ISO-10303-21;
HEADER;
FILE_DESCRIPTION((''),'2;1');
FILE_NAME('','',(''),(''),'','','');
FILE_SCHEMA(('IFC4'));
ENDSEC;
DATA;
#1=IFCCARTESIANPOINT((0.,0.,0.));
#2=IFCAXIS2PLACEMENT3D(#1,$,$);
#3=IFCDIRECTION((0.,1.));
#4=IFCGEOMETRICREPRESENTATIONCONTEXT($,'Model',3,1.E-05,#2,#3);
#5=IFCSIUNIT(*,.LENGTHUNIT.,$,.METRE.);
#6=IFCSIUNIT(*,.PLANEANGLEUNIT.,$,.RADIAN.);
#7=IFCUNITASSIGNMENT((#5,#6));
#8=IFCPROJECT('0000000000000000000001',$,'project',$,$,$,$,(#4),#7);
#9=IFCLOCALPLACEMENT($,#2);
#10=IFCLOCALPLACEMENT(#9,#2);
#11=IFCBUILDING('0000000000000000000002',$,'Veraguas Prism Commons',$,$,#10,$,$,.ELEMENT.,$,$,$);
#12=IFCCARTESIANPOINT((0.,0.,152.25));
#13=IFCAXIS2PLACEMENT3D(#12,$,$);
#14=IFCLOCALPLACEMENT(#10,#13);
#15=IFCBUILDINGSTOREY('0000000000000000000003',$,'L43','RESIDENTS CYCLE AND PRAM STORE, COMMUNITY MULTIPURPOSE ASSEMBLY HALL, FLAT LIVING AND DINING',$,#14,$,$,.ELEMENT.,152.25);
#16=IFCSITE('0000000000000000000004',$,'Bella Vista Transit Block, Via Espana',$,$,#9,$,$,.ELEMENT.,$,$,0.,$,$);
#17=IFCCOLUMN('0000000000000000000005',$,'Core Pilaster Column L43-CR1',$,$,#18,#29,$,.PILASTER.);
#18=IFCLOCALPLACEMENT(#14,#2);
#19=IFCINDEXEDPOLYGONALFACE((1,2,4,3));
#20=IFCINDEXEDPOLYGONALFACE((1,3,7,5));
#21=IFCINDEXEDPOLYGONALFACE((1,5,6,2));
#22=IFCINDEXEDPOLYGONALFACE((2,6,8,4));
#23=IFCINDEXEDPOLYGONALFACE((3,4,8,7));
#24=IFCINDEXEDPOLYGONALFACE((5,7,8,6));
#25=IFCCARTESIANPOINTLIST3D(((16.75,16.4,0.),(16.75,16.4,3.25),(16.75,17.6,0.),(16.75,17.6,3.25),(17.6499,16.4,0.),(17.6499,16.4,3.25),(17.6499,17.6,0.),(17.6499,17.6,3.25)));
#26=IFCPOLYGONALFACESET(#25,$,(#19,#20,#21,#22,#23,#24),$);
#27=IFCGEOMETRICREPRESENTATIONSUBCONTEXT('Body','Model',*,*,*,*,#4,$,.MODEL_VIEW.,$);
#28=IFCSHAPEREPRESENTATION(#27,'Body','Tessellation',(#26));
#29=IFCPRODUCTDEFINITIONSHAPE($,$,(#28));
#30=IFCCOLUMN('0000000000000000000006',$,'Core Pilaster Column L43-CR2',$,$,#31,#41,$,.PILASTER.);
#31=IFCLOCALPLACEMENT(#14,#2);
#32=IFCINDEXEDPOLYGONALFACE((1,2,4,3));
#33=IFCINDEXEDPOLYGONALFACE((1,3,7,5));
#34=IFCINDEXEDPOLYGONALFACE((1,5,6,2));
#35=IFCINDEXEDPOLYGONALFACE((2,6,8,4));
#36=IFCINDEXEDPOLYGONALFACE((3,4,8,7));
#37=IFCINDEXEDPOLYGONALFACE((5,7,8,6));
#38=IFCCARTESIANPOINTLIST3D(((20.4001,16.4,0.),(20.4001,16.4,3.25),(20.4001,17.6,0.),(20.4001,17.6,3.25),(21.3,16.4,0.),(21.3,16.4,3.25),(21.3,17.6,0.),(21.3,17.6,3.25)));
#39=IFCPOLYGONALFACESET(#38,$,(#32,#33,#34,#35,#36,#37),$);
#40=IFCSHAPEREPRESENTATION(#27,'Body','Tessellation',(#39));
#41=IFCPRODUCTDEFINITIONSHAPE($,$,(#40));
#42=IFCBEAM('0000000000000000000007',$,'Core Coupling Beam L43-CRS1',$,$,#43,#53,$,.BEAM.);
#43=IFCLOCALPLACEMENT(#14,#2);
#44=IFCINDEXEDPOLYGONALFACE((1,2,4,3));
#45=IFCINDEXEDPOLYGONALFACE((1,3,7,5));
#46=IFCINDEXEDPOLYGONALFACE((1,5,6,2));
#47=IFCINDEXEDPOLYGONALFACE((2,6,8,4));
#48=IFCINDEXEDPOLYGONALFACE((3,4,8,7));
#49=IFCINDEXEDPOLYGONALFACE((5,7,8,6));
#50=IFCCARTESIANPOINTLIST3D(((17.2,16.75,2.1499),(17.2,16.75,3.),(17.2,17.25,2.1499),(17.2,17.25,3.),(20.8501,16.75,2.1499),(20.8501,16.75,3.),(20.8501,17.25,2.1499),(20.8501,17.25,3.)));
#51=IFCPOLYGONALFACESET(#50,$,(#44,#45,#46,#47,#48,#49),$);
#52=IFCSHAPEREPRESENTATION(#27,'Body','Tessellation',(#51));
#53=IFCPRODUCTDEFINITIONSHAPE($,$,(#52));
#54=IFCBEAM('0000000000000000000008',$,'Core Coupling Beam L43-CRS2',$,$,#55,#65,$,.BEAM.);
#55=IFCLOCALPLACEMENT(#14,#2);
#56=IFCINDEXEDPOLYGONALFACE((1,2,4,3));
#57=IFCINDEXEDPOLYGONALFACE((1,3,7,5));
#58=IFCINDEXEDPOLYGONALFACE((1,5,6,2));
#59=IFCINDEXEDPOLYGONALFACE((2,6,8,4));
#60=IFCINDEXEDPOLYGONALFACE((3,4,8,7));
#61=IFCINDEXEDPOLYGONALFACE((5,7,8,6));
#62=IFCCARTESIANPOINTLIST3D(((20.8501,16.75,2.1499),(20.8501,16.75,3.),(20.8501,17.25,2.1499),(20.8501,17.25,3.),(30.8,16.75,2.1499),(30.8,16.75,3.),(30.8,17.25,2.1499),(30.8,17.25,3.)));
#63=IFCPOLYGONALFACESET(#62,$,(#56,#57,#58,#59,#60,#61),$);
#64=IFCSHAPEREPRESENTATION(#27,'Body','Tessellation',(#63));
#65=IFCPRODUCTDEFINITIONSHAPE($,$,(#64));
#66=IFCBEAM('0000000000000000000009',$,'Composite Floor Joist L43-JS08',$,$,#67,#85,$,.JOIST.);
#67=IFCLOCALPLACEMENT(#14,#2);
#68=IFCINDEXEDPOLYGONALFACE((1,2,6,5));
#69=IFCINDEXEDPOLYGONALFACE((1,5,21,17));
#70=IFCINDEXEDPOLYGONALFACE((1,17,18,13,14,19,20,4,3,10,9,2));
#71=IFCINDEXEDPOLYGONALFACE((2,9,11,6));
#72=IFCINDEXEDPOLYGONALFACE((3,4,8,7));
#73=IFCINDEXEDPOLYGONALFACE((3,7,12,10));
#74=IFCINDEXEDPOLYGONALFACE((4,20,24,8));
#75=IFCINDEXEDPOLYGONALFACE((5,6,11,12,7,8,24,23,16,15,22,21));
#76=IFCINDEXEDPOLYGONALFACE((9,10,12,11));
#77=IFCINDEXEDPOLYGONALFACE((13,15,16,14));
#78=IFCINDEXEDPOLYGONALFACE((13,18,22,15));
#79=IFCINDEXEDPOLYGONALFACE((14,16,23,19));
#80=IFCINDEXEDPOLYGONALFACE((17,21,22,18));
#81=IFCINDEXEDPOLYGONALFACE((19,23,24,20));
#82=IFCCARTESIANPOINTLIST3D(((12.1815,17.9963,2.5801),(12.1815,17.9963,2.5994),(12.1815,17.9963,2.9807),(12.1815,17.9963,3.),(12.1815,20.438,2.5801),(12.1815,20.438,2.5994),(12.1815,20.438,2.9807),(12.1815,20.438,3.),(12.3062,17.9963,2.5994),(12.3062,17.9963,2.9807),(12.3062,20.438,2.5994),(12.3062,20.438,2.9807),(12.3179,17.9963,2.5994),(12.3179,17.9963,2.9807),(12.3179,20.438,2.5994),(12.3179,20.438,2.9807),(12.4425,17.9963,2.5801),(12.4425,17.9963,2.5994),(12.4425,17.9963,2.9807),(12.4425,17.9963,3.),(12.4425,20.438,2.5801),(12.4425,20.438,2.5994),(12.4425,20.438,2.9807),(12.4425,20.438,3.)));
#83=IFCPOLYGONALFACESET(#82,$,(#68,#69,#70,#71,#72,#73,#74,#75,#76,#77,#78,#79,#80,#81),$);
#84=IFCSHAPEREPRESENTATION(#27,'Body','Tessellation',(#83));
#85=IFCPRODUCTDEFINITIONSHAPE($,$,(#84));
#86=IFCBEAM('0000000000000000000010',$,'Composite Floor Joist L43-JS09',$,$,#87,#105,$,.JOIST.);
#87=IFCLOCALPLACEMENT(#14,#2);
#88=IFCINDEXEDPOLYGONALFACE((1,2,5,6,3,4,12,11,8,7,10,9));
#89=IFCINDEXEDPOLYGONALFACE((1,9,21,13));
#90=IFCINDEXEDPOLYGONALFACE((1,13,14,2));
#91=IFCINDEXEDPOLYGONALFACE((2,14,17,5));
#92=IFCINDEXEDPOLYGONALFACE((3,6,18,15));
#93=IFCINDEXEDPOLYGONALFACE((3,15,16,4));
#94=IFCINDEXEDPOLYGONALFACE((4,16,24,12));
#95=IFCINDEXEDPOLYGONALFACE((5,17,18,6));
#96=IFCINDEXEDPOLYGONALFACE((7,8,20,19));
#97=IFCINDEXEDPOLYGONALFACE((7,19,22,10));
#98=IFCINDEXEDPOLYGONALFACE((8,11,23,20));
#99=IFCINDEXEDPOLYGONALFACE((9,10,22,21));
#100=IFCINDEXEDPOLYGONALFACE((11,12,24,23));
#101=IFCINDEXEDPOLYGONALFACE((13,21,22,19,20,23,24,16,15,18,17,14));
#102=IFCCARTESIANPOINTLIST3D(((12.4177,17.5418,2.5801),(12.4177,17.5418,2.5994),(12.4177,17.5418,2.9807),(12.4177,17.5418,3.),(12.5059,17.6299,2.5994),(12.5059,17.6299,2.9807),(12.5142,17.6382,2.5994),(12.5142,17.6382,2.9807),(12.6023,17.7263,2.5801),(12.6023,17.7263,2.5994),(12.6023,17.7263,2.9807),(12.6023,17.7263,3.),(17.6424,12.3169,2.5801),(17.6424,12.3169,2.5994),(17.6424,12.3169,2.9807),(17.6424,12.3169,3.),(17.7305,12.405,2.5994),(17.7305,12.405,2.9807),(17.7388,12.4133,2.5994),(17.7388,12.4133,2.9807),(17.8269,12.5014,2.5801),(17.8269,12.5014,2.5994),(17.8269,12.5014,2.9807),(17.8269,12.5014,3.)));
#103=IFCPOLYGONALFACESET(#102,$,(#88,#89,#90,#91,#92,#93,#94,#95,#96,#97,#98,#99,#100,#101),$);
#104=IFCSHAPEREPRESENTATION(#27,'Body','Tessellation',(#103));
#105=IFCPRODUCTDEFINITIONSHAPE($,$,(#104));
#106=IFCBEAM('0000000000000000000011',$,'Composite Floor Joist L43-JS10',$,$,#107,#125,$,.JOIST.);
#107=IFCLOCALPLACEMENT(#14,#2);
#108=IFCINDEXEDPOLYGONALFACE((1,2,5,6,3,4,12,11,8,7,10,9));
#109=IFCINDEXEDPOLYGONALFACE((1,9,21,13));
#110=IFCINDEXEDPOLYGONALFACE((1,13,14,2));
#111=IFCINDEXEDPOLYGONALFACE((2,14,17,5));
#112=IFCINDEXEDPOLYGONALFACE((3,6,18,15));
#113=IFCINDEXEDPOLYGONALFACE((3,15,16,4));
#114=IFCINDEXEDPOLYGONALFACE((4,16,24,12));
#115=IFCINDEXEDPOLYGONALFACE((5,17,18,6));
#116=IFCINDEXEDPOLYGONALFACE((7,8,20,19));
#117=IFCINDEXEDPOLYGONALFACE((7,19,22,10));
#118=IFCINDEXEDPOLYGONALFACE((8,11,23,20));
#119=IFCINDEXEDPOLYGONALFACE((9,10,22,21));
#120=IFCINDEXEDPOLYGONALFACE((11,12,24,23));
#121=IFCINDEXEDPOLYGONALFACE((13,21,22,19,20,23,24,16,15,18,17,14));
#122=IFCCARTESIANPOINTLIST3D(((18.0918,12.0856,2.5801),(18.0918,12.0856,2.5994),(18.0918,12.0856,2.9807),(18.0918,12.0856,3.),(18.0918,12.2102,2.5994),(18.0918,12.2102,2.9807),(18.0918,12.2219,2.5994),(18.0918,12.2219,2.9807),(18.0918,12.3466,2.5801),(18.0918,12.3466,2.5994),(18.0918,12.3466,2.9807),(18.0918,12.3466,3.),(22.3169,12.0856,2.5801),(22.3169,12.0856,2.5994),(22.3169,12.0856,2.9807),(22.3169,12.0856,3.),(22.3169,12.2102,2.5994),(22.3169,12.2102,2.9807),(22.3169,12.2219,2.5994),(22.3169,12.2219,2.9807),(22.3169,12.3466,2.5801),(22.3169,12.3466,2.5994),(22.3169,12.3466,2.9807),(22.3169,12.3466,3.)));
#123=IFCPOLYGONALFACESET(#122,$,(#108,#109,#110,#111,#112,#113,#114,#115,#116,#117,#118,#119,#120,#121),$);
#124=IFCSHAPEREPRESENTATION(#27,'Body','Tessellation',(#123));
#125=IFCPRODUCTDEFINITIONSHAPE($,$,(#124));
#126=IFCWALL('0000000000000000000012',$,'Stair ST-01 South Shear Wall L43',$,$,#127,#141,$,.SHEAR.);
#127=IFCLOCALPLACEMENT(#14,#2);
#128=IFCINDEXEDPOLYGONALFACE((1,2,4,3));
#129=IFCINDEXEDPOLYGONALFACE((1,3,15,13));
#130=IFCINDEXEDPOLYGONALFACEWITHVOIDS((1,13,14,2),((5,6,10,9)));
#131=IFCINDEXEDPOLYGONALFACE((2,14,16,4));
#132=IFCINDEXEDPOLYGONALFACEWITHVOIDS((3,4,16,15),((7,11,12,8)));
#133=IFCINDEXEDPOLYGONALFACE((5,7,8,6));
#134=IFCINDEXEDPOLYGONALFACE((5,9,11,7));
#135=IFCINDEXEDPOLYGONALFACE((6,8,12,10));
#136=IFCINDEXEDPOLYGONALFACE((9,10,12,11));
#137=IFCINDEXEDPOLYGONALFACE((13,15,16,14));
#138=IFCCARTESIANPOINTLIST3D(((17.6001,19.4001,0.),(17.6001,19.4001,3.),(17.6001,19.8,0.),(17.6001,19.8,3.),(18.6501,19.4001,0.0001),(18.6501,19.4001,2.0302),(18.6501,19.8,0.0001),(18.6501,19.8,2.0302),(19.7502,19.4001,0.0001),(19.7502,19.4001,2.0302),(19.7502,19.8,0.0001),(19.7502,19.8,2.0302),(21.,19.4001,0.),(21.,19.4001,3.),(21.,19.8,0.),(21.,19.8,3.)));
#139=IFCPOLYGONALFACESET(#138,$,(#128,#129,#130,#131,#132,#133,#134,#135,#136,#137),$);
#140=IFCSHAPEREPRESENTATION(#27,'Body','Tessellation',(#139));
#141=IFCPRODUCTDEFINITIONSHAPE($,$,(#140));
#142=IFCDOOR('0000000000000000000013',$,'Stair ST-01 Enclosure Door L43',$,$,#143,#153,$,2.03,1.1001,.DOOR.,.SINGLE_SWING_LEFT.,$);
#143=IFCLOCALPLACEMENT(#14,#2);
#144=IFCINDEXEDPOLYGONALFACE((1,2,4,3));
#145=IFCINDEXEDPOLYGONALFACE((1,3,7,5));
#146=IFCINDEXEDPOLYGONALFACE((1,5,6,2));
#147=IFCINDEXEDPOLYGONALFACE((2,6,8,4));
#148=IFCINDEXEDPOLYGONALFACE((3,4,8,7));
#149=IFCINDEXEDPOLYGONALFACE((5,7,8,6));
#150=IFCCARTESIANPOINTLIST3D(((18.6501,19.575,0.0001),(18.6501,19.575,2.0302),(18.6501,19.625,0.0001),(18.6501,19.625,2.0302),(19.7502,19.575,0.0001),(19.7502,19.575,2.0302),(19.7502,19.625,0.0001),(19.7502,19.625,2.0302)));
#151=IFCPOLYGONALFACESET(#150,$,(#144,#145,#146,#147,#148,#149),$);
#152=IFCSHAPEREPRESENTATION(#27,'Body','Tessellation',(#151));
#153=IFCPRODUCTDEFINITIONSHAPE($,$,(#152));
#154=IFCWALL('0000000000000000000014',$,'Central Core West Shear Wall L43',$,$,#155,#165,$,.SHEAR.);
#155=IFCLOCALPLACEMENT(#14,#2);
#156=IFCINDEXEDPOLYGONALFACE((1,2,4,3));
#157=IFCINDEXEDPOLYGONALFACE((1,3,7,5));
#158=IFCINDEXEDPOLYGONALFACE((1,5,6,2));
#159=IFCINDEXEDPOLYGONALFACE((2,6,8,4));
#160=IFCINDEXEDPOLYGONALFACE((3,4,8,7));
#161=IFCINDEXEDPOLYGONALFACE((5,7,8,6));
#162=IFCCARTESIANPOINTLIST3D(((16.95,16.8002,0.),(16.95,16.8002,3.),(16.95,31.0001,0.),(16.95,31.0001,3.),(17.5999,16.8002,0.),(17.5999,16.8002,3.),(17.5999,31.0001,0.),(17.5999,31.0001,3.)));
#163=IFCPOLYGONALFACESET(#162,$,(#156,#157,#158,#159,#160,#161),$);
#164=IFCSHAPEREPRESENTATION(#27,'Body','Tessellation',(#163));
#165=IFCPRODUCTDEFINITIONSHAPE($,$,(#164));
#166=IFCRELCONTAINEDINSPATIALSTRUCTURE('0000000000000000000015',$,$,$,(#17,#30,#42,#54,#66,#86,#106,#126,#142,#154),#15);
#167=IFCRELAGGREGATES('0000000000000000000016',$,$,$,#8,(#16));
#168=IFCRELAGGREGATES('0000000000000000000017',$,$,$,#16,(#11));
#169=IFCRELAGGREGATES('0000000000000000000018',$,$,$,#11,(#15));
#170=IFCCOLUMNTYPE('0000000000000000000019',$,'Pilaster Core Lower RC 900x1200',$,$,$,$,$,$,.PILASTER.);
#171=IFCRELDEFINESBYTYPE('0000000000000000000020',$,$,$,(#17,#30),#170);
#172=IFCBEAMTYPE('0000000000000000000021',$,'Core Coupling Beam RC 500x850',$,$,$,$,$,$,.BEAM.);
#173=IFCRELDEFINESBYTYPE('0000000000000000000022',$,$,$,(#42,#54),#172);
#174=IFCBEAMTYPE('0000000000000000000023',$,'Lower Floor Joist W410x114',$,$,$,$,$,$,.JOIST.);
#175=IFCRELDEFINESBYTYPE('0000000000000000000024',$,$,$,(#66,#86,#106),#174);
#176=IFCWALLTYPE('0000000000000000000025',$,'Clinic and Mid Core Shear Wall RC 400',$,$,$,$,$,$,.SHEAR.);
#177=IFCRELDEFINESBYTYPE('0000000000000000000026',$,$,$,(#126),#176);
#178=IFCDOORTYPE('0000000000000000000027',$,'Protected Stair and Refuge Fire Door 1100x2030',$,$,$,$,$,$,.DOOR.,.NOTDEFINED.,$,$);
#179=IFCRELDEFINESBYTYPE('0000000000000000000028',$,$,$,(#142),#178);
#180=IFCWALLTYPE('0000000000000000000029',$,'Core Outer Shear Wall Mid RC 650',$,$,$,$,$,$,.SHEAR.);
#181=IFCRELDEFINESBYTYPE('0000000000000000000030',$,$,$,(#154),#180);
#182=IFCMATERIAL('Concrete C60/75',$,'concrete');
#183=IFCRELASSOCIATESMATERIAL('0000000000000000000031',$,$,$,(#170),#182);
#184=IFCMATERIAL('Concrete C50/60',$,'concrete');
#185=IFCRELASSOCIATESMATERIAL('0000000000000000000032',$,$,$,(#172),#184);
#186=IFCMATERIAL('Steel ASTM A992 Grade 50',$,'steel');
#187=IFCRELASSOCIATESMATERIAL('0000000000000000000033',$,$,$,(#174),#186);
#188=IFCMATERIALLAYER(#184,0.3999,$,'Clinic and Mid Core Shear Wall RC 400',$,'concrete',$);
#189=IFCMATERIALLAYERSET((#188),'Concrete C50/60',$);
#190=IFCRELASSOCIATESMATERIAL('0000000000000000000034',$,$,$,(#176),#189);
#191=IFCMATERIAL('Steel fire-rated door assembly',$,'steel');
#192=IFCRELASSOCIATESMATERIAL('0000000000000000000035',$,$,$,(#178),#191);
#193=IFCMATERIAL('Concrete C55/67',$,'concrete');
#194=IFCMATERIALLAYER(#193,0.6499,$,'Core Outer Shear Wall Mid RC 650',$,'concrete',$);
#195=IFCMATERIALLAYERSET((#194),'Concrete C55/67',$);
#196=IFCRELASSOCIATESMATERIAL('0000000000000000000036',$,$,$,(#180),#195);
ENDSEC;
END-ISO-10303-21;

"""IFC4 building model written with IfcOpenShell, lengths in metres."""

from ifc_helpers import new_model, si_unit, direction, frame, frame_2d, origin, origin_2d, place, context, subcontext, project, spatial, rectangle, i_section, extrude, source, transform, mapped, material, layer, layer_set, material_profile, profile_set, type_object, element, fill, save


model = new_model("IFC4")

# Units and contexts
model_context = context("Model", 3, precision=1e-05, world=origin(), true_north=direction((0.0, 1.0)))
body_context = subcontext(model_context, "Body", "Model", "MODEL_VIEW")
ifc_project = project(units=[si_unit("LENGTHUNIT", "METRE"), si_unit("PLANEANGLEUNIT", "RADIAN")], contexts=[model_context])

# Site, building, storey
site_placement = place(None, origin())
site = spatial("IfcSite", under=ifc_project, at=site_placement, Name="Bella Vista Transit Block, Via Espana", CompositionType="ELEMENT", RefElevation=0.0)
building_placement = place(site_placement, origin())
building = spatial("IfcBuilding", under=site, at=building_placement, Name="Veraguas Prism Commons", CompositionType="ELEMENT")
storey_placement = place(building_placement, frame((0.0, 0.0, 152.25)))
storey = spatial("IfcBuildingStorey", under=building, at=storey_placement, Name="L43", Description="RESIDENTS CYCLE AND PRAM STORE, COMMUNITY MULTIPURPOSE ASSEMBLY HALL, FLAT LIVING AND DINING", CompositionType="ELEMENT", Elevation=152.25)

# Columns
ifc_material_1 = material(Name="Concrete C60/75", Category="concrete")
ifc_material_profile_1 = material_profile(ifc_material_1, rectangle(XDim=0.8999, YDim=1.2, at=origin_2d()), Name="RC900X1200")
ifc_profile_set_1 = profile_set([ifc_material_profile_1], Name="Concrete C60/75")
column_type = type_object("IfcColumnType", Name="Pilaster Core Lower RC 900x1200", PredefinedType="PILASTER", material=ifc_profile_set_1)
for number, where, z_axis, x_axis, name in (
    (1, (17.2, 17.0, 0.0), (0.0, 0.0, 1.0), (1.0, 0.0, 0.0), "Core Pilaster Column L43-CR1"),
    (2, (20.8501, 17.0, 0.0), (0.0, 0.0, 1.0), (1.0, 0.0, 0.0), "Core Pilaster Column L43-CR2"),
):
    element("IfcColumn", number, at=place(storey_placement, frame(where, z_axis=z_axis, x_axis=x_axis)), inside=storey, type_object=column_type, Name=name, PredefinedType="PILASTER", context=body_context, shape_type="SweptSolid", body=[
        extrude(rectangle(XDim=0.8999, YDim=1.2, at=origin_2d()), origin(), (0.0, 0.0, 1.0), 3.25),
    ])

# Beams
ifc_material_2 = material(Name="Concrete C50/60", Category="concrete")
ifc_material_profile_2 = material_profile(ifc_material_2, rectangle(XDim=0.5, YDim=0.8501, at=origin_2d()), Name="RC500X850")
ifc_profile_set_2 = profile_set([ifc_material_profile_2], Name="Concrete C50/60")
beam_type_1 = type_object("IfcBeamType", Name="Core Coupling Beam RC 500x850", PredefinedType="BEAM", material=ifc_profile_set_2)
beam_1_placement = place(storey_placement, frame((17.2, 17.0, 2.575), z_axis=(1.0, 0.0, 0.0), x_axis=(0.0, 1.0, 0.0)))
element("IfcBeam", 3, at=beam_1_placement, inside=storey, type_object=beam_type_1, Name="Core Coupling Beam L43-CRS1", PredefinedType="BEAM", context=body_context, shape_type="SweptSolid", body=[
    extrude(rectangle(XDim=0.5, YDim=0.8501, at=origin_2d()), origin(), (0.0, 0.0, 1.0), 3.6501),
])
beam_2_placement = place(storey_placement, frame((20.8501, 17.0, 2.575), z_axis=(1.0, 0.0, 0.0), x_axis=(0.0, 1.0, 0.0)))
element("IfcBeam", 4, at=beam_2_placement, inside=storey, type_object=beam_type_1, Name="Core Coupling Beam L43-CRS2", PredefinedType="BEAM", context=body_context, shape_type="SweptSolid", body=[
    extrude(rectangle(XDim=0.5, YDim=0.8501, at=origin_2d()), origin(), (0.0, 0.0, 1.0), 9.95),
])
ifc_material_3 = material(Name="Steel ASTM A992 Grade 50", Category="steel")
ifc_material_profile_3 = material_profile(ifc_material_3, i_section(OverallWidth=0.261, OverallDepth=0.4199, WebThickness=0.0117, FlangeThickness=0.0193, at=origin_2d()), Name="W410X114")
ifc_profile_set_3 = profile_set([ifc_material_profile_3], Name="Steel ASTM A992 Grade 50")
beam_type_2 = type_object("IfcBeamType", Name="Lower Floor Joist W410x114", PredefinedType="JOIST", material=ifc_profile_set_3)
beam_3_placement = place(storey_placement, frame((12.312, 20.438, 2.79), z_axis=(0.0, -1.0, 0.0), x_axis=(1.0, 0.0, 0.0)))
element("IfcBeam", 5, at=beam_3_placement, inside=storey, type_object=beam_type_2, Name="Composite Floor Joist L43-JS08", PredefinedType="JOIST", context=body_context, shape_type="SweptSolid", body=[
    extrude(i_section(OverallWidth=0.261, OverallDepth=0.4199, WebThickness=0.0117, FlangeThickness=0.0193, at=origin_2d()), origin(), (0.0, 0.0, 1.0), 2.4417),
])
beam_4_placement = place(storey_placement, frame((12.51, 17.634, 2.79), z_axis=(0.70709, -0.707123, 0.0), x_axis=(0.707123, 0.70709, 0.0)))
element("IfcBeam", 6, at=beam_4_placement, inside=storey, type_object=beam_type_2, Name="Composite Floor Joist L43-JS09", PredefinedType="JOIST", context=body_context, shape_type="SweptSolid", body=[
    extrude(i_section(OverallWidth=0.261, OverallDepth=0.4199, WebThickness=0.0117, FlangeThickness=0.0193, at=origin_2d()), origin(), (0.0, 0.0, 1.0), 7.3889),
])
beam_5_placement = place(storey_placement, frame((18.0918, 12.2161, 2.79), z_axis=(1.0, 0.0, 0.0), x_axis=(0.0, 1.0, 0.0)))
element("IfcBeam", 7, at=beam_5_placement, inside=storey, type_object=beam_type_2, Name="Composite Floor Joist L43-JS10", PredefinedType="JOIST", context=body_context, shape_type="SweptSolid", body=[
    extrude(i_section(OverallWidth=0.261, OverallDepth=0.4199, WebThickness=0.0117, FlangeThickness=0.0193, at=origin_2d()), origin(), (0.0, 0.0, 1.0), 4.2251),
])

# Wall, opening, door
ifc_layer_1 = layer(ifc_material_2, 0.3999, Name="Clinic and Mid Core Shear Wall RC 400", Category="concrete")
ifc_layer_set_1 = layer_set([ifc_layer_1], Name="Concrete C50/60")
wall_type_1 = type_object("IfcWallType", Name="Clinic and Mid Core Shear Wall RC 400", PredefinedType="SHEAR", material=ifc_layer_set_1)
wall_1_placement = place(storey_placement, frame((17.6001, 19.6001, 0.0), z_axis=(0.0, 0.0, 1.0), x_axis=(1.0, 0.0, 0.0)))
wall_1 = element("IfcWall", 8, at=wall_1_placement, inside=storey, type_object=wall_type_1, Name="Stair ST-01 South Shear Wall L43", PredefinedType="SHEAR", context=body_context, shape_type="SweptSolid", body=[
    extrude(rectangle(XDim=3.3999, YDim=0.3999, at=frame_2d((1.7, 0.0))), origin(), (0.0, 0.0, 1.0), 3.0),
])
opening_1_placement = place(wall_1_placement, frame((1.05, 0.0, 0.0)))
opening_1 = element("IfcOpeningElement", 9, at=opening_1_placement, cuts=wall_1, PredefinedType="OPENING", context=body_context, shape_type="SweptSolid", body=[
    extrude(rectangle(XDim=1.1001, YDim=2.03, at=frame_2d((0.55, 1.0151))), frame((0.0, 0.21, 0.0), z_axis=(0.0, -1.0, 0.0), x_axis=(1.0, 0.0, 0.0)), (0.0, 0.0, 1.0), 0.4199),
])
ifc_material_4 = material(Name="Steel fire-rated door assembly", Category="steel")
door_type_1 = type_object("IfcDoorType", Name="Protected Stair and Refuge Fire Door 1100x2030", OperationType="NOTDEFINED", PredefinedType="DOOR", material=ifc_material_4)
shared_shape_1 = source(origin(), body_context, "Body", "SweptSolid", [
    extrude(rectangle(XDim=1.1001, YDim=2.03, at=frame_2d((0.55, 1.0151))), frame((0.0, 0.0249, 0.0), z_axis=(0.0, -1.0, 0.0), x_axis=(1.0, 0.0, 0.0)), (0.0, 0.0, 1.0), 0.05),
])
door_1_placement = place(opening_1_placement, origin())
door_1 = element("IfcDoor", 10, at=door_1_placement, inside=storey, type_object=door_type_1, Name="Stair ST-01 Enclosure Door L43", OperationType="SINGLE_SWING_LEFT", OverallHeight=2.03, OverallWidth=1.1001, PredefinedType="DOOR", context=body_context, shape_type="MappedRepresentation", body=[
    mapped(shared_shape_1, transform((0.0, 0.0, 0.0), scale=1.0)),
])
fill(opening_1, door_1)

# Wall
ifc_material_5 = material(Name="Concrete C55/67", Category="concrete")
ifc_layer_2 = layer(ifc_material_5, 0.6499, Name="Core Outer Shear Wall Mid RC 650", Category="concrete")
ifc_layer_set_2 = layer_set([ifc_layer_2], Name="Concrete C55/67")
wall_type_2 = type_object("IfcWallType", Name="Core Outer Shear Wall Mid RC 650", PredefinedType="SHEAR", material=ifc_layer_set_2)
wall_2_placement = place(storey_placement, frame((17.2749, 16.8, 0.0), z_axis=(0.0, 0.0, 1.0), x_axis=(0.0, 1.0, 0.0)))
element("IfcWall", 11, at=wall_2_placement, inside=storey, type_object=wall_type_2, Name="Central Core West Shear Wall L43", PredefinedType="SHEAR", context=body_context, shape_type="SweptSolid", body=[
    extrude(rectangle(XDim=14.2, YDim=0.6499, at=frame_2d((7.1001, 0.0))), origin(), (0.0, 0.0, 1.0), 3.0),
])

save(model, "model.ifc")
